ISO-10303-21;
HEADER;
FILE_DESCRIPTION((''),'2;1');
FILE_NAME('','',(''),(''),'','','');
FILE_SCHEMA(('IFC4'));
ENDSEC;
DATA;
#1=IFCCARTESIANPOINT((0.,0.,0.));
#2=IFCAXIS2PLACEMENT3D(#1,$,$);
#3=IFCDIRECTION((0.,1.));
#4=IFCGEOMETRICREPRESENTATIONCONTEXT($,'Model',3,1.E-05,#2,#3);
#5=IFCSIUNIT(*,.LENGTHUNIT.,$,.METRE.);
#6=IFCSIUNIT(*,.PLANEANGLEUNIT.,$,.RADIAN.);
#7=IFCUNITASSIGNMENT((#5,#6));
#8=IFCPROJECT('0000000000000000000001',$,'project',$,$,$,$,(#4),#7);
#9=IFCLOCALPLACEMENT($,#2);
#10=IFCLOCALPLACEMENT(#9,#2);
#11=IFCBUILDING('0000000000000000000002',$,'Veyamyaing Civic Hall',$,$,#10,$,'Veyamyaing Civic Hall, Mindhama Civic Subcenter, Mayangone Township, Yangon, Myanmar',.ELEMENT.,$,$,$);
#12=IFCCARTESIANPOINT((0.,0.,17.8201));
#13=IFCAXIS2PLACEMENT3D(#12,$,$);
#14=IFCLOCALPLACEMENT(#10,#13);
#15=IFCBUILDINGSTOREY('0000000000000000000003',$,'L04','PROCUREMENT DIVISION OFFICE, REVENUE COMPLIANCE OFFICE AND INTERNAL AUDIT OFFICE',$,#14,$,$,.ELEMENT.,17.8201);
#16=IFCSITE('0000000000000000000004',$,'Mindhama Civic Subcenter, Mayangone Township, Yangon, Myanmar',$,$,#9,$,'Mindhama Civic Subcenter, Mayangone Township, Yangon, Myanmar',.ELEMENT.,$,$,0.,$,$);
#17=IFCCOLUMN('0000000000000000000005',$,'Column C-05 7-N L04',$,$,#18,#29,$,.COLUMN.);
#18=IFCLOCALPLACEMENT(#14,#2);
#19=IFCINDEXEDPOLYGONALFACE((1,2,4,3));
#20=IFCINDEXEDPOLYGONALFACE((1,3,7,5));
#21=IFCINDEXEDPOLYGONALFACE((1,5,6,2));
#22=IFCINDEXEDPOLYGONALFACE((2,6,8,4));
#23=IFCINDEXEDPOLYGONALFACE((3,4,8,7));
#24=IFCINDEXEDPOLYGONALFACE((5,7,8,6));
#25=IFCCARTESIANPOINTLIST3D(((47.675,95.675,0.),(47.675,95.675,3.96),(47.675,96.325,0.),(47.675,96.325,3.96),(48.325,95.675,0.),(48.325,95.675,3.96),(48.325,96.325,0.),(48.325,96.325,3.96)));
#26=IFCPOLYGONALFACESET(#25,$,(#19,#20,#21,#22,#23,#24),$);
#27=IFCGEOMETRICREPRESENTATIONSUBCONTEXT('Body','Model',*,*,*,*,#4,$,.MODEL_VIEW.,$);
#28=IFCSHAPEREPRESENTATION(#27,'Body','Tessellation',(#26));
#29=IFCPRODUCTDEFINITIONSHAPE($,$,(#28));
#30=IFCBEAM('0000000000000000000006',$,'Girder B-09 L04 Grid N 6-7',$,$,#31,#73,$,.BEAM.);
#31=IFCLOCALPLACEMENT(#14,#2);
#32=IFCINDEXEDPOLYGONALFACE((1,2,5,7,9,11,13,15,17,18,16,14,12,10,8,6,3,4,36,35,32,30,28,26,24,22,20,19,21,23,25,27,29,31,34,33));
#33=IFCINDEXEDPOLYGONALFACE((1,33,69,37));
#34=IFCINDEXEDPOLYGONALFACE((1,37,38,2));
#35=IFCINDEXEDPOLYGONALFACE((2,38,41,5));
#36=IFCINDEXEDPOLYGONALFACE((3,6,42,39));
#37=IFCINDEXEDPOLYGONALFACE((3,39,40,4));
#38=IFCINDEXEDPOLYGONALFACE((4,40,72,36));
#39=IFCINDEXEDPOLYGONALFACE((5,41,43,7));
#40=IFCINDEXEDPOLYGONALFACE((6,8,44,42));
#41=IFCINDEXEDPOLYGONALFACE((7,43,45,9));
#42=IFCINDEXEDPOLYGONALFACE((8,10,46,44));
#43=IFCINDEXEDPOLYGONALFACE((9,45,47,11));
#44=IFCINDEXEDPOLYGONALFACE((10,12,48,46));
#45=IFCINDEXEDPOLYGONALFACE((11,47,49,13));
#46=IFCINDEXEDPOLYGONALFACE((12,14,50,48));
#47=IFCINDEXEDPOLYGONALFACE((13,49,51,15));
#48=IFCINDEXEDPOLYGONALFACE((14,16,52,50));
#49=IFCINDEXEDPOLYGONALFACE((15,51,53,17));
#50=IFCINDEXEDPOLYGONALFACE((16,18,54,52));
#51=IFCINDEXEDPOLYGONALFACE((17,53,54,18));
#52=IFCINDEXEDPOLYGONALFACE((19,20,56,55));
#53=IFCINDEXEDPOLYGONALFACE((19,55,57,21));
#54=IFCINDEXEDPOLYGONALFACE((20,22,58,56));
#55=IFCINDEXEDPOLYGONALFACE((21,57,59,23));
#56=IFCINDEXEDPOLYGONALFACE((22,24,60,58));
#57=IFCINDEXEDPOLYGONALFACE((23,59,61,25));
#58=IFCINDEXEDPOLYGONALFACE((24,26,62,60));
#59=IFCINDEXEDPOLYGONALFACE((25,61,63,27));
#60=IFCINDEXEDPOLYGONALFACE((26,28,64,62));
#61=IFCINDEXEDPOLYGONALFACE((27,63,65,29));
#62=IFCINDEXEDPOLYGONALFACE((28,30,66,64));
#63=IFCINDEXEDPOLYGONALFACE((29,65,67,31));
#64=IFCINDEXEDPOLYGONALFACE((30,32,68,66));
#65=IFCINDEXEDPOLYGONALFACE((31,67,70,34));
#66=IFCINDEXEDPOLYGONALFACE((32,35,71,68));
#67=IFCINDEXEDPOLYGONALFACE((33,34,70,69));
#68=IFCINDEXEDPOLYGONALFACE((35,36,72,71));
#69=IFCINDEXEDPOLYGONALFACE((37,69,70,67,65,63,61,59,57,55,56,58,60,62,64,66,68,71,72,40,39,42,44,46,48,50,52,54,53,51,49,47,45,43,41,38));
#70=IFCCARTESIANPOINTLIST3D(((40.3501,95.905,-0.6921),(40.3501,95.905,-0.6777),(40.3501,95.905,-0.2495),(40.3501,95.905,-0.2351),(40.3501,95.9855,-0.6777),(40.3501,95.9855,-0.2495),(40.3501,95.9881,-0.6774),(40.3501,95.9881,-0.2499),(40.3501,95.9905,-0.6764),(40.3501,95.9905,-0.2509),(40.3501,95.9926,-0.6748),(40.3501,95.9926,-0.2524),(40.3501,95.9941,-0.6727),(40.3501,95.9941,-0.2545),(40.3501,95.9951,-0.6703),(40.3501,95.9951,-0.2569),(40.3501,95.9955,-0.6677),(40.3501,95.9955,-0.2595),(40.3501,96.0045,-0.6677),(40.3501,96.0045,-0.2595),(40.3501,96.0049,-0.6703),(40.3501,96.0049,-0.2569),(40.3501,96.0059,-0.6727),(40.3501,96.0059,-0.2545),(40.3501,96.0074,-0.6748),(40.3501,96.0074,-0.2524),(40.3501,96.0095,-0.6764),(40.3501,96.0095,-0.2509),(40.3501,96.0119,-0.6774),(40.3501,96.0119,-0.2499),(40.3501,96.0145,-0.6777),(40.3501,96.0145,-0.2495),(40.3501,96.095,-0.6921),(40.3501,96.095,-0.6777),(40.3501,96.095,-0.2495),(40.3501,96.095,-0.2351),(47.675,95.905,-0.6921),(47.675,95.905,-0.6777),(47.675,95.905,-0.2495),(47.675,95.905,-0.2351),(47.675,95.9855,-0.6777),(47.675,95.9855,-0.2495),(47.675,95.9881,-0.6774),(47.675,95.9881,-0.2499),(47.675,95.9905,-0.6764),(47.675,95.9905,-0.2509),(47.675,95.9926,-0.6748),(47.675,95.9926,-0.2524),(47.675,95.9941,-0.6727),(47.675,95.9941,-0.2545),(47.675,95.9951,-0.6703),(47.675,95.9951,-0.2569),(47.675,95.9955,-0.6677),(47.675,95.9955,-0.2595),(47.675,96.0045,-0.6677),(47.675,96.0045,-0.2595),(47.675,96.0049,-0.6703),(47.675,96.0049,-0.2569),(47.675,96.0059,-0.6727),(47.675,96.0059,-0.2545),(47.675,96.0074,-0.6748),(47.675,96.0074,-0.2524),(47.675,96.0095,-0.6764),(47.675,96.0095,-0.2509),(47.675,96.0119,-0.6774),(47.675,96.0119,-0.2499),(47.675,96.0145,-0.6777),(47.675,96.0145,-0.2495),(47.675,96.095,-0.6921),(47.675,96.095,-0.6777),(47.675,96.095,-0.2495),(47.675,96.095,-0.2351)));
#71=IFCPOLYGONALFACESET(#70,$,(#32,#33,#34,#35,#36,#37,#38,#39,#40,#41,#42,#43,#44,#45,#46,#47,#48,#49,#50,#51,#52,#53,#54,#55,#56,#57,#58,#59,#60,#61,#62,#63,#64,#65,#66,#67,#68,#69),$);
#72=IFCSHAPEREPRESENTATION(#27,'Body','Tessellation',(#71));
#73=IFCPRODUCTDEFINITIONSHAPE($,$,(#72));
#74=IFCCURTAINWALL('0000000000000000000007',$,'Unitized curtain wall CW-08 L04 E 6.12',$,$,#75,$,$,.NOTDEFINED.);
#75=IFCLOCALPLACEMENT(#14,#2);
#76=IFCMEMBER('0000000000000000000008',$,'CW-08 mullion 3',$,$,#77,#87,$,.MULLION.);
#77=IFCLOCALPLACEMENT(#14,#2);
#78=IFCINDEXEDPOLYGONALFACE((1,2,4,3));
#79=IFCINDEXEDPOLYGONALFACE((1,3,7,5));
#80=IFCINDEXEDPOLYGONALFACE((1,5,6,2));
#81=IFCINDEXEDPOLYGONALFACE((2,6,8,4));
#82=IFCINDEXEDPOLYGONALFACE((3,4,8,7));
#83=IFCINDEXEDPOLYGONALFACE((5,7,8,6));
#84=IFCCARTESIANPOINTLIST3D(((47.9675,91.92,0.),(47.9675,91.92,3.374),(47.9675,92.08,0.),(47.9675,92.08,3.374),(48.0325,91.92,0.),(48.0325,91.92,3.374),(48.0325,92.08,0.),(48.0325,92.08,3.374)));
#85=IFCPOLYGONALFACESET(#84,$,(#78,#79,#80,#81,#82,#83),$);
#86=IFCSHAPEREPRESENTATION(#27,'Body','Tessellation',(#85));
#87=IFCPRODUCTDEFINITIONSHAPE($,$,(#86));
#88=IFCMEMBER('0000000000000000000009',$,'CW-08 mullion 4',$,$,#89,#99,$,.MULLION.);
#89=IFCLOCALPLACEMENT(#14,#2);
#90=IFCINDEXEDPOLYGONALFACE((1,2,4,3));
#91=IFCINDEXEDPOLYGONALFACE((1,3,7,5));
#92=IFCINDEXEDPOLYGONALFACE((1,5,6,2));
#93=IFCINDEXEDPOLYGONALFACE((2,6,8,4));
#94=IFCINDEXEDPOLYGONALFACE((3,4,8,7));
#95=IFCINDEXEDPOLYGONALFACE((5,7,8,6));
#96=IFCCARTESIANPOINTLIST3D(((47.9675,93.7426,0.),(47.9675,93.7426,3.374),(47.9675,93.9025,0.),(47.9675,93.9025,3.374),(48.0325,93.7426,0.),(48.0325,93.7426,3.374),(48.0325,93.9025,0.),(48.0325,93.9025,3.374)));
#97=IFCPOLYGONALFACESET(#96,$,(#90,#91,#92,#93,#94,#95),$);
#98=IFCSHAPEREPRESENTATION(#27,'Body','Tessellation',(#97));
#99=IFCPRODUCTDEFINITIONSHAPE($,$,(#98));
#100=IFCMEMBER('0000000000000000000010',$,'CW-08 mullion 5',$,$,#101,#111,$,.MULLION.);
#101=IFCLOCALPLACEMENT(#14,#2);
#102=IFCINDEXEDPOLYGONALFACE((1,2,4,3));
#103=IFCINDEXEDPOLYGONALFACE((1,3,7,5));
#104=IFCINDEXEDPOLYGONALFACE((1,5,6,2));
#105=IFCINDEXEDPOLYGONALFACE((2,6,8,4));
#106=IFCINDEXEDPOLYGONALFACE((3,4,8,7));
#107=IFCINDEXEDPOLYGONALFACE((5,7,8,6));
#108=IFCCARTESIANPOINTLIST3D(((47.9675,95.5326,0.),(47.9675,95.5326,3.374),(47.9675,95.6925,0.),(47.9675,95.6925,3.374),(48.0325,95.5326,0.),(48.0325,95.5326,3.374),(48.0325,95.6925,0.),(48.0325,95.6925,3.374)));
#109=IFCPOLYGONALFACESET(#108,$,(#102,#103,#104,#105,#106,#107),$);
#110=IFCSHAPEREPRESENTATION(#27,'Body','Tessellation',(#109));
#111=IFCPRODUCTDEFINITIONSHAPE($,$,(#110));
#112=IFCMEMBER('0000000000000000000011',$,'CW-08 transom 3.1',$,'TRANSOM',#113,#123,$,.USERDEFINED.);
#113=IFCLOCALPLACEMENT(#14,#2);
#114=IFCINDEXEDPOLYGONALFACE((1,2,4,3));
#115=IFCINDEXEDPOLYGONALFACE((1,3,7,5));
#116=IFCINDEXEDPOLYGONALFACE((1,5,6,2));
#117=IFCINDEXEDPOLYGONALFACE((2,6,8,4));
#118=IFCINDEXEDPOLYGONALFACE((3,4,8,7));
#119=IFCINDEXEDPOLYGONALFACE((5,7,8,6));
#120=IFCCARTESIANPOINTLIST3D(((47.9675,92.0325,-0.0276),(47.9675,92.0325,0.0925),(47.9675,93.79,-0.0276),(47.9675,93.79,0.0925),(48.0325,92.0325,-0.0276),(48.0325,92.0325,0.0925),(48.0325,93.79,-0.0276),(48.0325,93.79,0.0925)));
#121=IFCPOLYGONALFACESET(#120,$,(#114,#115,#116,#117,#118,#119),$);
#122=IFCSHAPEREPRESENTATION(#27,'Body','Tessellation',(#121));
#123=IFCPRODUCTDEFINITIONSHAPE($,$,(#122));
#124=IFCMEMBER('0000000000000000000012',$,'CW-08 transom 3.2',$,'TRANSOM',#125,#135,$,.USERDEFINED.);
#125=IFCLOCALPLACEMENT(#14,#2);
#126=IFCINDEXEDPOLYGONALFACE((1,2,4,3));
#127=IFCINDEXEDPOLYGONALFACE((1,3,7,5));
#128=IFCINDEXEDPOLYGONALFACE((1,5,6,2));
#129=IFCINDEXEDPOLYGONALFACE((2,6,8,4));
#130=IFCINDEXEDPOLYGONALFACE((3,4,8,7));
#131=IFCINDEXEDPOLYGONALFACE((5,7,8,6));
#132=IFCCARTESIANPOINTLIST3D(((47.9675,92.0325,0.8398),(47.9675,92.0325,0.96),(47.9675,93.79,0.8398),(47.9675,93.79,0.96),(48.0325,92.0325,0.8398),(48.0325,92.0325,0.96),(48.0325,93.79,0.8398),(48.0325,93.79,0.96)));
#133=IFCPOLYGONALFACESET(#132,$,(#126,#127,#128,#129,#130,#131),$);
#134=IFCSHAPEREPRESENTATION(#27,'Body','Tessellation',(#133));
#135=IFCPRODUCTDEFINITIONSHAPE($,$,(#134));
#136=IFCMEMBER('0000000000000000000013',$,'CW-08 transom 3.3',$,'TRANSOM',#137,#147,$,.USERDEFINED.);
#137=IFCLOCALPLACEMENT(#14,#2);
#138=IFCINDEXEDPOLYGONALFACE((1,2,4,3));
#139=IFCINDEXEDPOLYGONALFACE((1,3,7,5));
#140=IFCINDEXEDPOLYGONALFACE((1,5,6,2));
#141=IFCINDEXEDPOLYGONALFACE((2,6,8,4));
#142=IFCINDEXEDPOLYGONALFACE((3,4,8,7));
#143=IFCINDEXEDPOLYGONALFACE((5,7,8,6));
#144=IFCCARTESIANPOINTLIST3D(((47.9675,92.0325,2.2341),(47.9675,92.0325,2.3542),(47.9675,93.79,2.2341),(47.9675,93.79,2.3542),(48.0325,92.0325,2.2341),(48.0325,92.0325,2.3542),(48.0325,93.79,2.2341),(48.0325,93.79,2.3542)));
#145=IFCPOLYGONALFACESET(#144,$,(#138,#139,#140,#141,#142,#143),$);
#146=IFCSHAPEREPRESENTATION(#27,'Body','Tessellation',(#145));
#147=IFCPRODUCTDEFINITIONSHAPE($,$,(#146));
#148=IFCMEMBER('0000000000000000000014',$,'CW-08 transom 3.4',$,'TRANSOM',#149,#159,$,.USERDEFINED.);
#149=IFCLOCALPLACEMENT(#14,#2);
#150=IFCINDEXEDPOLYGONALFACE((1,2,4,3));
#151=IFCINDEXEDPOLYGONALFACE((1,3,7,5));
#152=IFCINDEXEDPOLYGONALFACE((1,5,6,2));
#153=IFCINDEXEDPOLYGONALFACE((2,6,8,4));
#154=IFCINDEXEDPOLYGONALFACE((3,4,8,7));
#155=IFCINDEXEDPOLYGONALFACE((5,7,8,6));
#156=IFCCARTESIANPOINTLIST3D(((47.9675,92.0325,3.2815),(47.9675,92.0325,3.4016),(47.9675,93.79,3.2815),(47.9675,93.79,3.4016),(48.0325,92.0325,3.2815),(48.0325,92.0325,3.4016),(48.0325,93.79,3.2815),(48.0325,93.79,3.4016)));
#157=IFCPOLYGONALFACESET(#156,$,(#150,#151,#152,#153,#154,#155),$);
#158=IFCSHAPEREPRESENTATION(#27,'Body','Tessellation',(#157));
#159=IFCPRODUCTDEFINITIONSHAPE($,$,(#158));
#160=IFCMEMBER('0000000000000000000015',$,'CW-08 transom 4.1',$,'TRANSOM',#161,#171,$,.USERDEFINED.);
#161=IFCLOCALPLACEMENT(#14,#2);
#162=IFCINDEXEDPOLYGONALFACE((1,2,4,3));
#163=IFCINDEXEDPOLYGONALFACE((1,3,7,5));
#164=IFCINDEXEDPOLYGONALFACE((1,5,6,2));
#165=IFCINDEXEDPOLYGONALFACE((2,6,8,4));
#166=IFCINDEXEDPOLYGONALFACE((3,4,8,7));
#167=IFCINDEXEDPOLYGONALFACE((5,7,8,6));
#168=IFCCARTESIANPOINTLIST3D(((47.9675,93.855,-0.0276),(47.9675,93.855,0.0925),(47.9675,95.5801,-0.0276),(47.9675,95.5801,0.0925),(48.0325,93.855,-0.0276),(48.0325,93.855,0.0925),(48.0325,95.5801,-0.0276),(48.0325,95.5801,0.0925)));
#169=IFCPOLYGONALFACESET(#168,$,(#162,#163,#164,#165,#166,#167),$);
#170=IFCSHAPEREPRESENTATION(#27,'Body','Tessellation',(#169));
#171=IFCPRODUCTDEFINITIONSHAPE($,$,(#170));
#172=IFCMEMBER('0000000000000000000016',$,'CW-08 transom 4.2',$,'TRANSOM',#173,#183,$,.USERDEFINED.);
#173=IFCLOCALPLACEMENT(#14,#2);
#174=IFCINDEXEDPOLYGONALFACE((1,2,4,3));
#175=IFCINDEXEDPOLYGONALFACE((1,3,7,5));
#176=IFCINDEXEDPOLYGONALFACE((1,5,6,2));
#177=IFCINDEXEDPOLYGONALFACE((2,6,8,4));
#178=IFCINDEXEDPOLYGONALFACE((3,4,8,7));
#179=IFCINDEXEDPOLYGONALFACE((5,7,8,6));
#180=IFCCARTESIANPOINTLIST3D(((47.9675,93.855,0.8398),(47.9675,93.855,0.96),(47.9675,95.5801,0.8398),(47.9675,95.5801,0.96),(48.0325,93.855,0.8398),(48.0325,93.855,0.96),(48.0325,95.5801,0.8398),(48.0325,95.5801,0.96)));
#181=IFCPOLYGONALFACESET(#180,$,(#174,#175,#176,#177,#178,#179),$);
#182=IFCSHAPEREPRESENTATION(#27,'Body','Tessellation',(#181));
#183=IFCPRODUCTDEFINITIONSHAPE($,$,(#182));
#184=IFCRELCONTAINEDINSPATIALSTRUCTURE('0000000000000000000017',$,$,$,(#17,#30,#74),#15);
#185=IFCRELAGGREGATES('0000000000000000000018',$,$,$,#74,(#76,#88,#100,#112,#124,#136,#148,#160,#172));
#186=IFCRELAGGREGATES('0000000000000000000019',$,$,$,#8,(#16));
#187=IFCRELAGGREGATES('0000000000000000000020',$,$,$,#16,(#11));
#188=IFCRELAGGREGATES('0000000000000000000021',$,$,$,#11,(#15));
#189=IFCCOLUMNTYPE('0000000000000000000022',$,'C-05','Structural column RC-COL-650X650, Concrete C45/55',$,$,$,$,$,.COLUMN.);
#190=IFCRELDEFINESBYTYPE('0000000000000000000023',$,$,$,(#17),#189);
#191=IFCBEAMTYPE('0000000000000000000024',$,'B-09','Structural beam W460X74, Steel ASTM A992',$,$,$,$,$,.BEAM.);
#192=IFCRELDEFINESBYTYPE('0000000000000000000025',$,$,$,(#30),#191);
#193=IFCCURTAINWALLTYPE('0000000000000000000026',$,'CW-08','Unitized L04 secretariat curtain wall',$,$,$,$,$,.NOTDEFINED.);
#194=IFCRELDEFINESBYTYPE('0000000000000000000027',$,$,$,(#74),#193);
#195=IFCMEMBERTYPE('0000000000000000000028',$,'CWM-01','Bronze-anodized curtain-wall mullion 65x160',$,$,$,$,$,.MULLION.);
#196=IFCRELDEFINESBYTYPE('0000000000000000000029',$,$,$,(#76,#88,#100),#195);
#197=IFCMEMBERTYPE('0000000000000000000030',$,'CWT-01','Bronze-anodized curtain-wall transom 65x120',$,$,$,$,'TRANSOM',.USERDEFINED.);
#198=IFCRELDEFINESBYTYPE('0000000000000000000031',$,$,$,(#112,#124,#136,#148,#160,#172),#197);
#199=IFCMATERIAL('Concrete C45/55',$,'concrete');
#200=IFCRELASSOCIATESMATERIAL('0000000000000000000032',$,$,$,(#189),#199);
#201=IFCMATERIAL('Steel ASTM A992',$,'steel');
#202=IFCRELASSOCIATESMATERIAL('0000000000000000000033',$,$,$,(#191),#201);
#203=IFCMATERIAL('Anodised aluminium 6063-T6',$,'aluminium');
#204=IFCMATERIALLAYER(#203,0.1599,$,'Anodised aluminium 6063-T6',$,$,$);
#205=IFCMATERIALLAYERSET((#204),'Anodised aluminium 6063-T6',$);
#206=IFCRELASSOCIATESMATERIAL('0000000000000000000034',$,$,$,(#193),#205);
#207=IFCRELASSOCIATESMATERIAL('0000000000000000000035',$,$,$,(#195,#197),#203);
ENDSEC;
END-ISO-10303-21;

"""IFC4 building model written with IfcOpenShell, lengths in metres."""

from ifc_helpers import new_model, si_unit, direction, frame, origin, origin_2d, place, context, subcontext, project, spatial, rectangle, i_section, extrude, material, layer, layer_set, material_profile, profile_set, type_object, element, aggregate, save


model = new_model("IFC4")

# Units and contexts
model_context = context("Model", 3, precision=1e-05, world=origin(), true_north=direction((0.0, 1.0)))
body_context = subcontext(model_context, "Body", "Model", "MODEL_VIEW")
ifc_project = project(units=[si_unit("LENGTHUNIT", "METRE"), si_unit("PLANEANGLEUNIT", "RADIAN")], contexts=[model_context])

# Site, building, storey
site_placement = place(None, origin())
site = spatial("IfcSite", under=ifc_project, at=site_placement, Name="Mindhama Civic Subcenter, Mayangone Township, Yangon, Myanmar", LongName="Mindhama Civic Subcenter, Mayangone Township, Yangon, Myanmar", CompositionType="ELEMENT", RefElevation=0.0)
building_placement = place(site_placement, origin())
building = spatial("IfcBuilding", under=site, at=building_placement, Name="Veyamyaing Civic Hall", LongName="Veyamyaing Civic Hall, Mindhama Civic Subcenter, Mayangone Township, Yangon, Myanmar", CompositionType="ELEMENT")
storey_placement = place(building_placement, frame((0.0, 0.0, 17.8201)))
storey = spatial("IfcBuildingStorey", under=building, at=storey_placement, Name="L04", Description="PROCUREMENT DIVISION OFFICE, REVENUE COMPLIANCE OFFICE AND INTERNAL AUDIT OFFICE", CompositionType="ELEMENT", Elevation=17.8201)

# Column
ifc_material_1 = material(Name="Concrete C45/55", Category="concrete")
ifc_material_profile_1 = material_profile(ifc_material_1, rectangle(XDim=0.6499, YDim=0.6499, at=origin_2d()), Name="RC-COL-650X650")
ifc_profile_set_1 = profile_set([ifc_material_profile_1], Name="Concrete C45/55")
column_type = type_object("IfcColumnType", Name="C-05", Description="Structural column RC-COL-650X650, Concrete C45/55", PredefinedType="COLUMN", material=ifc_profile_set_1)
column_placement = place(storey_placement, frame((48.0, 96.0, 0.0), z_axis=(0.0, 0.0, 1.0), x_axis=(1.0, 0.0, 0.0)))
element("IfcColumn", 1, at=column_placement, inside=storey, type_object=column_type, Name="Column C-05 7-N L04", PredefinedType="COLUMN", context=body_context, shape_type="SweptSolid", body=[
    extrude(rectangle(XDim=0.6499, YDim=0.6499, at=origin_2d()), origin(), (0.0, 0.0, 1.0), 3.96),
])

# Beam
ifc_material_2 = material(Name="Steel ASTM A992", Category="steel")
ifc_material_profile_2 = material_profile(ifc_material_2, i_section(OverallWidth=0.1899, OverallDepth=0.457, WebThickness=0.009, FlangeThickness=0.0144, FilletRadius=0.01, at=origin_2d()), Name="W460X74")
ifc_profile_set_2 = profile_set([ifc_material_profile_2], Name="Steel ASTM A992")
beam_type = type_object("IfcBeamType", Name="B-09", Description="Structural beam W460X74, Steel ASTM A992", PredefinedType="BEAM", material=ifc_profile_set_2)
beam_placement = place(storey_placement, frame((40.3501, 96.0, -0.4636), z_axis=(1.0, 0.0, 0.0), x_axis=(0.0, 1.0, 0.0)))
element("IfcBeam", 2, at=beam_placement, inside=storey, type_object=beam_type, Name="Girder B-09 L04 Grid N 6-7", PredefinedType="BEAM", context=body_context, shape_type="SweptSolid", body=[
    extrude(i_section(OverallWidth=0.1899, OverallDepth=0.457, WebThickness=0.009, FlangeThickness=0.0144, FilletRadius=0.01, at=origin_2d()), origin(), (0.0, 0.0, 1.0), 7.325),
])

# Curtain wall, members
ifc_material_3 = material(Name="Anodised aluminium 6063-T6", Category="aluminium")
ifc_layer_1 = layer(ifc_material_3, 0.1599, Name="Anodised aluminium 6063-T6")
ifc_layer_set_1 = layer_set([ifc_layer_1], Name="Anodised aluminium 6063-T6")
curtain_wall_type = type_object("IfcCurtainWallType", Name="CW-08", Description="Unitized L04 secretariat curtain wall", PredefinedType="NOTDEFINED", material=ifc_layer_set_1)
curtain_wall_placement = place(storey_placement, origin())
curtain_wall = element("IfcCurtainWall", 3, at=curtain_wall_placement, inside=storey, type_object=curtain_wall_type, Name="Unitized curtain wall CW-08 L04 E 6.12", PredefinedType="NOTDEFINED")
ifc_material_profile_3 = material_profile(ifc_material_3, rectangle(XDim=0.0649, YDim=0.1599, at=origin_2d()), Name="ALU-MUL-65X160")
ifc_profile_set_3 = profile_set([ifc_material_profile_3], Name="Anodised aluminium 6063-T6")
member_type_1 = type_object("IfcMemberType", Name="CWM-01", Description="Bronze-anodized curtain-wall mullion 65x160", PredefinedType="MULLION", material=ifc_profile_set_3)
member_1_placement = place(storey_placement, frame((48.0, 92.0, 0.0), z_axis=(0.0, 0.0, 1.0), x_axis=(-1.0, 0.0, 0.0)))
member_1 = element("IfcMember", 4, at=member_1_placement, type_object=member_type_1, Name="CW-08 mullion 3", PredefinedType="MULLION", context=body_context, shape_type="SweptSolid", body=[
    extrude(rectangle(XDim=0.0649, YDim=0.1599, at=origin_2d()), origin(), (0.0, 0.0, 1.0), 3.374),
])
member_2_placement = place(storey_placement, frame((48.0, 93.8225, 0.0), z_axis=(0.0, 0.0, 1.0), x_axis=(-1.0, 0.0, 0.0)))
member_2 = element("IfcMember", 5, at=member_2_placement, type_object=member_type_1, Name="CW-08 mullion 4", PredefinedType="MULLION", context=body_context, shape_type="SweptSolid", body=[
    extrude(rectangle(XDim=0.0649, YDim=0.1599, at=origin_2d()), origin(), (0.0, 0.0, 1.0), 3.374),
])
member_3_placement = place(storey_placement, frame((48.0, 95.6125, 0.0), z_axis=(0.0, 0.0, 1.0), x_axis=(-1.0, 0.0, 0.0)))
member_3 = element("IfcMember", 6, at=member_3_placement, type_object=member_type_1, Name="CW-08 mullion 5", PredefinedType="MULLION", context=body_context, shape_type="SweptSolid", body=[
    extrude(rectangle(XDim=0.0649, YDim=0.1599, at=origin_2d()), origin(), (0.0, 0.0, 1.0), 3.374),
])
ifc_material_profile_4 = material_profile(ifc_material_3, rectangle(XDim=0.0649, YDim=0.1201, at=origin_2d()), Name="ALU-TRN-65X120")
ifc_profile_set_4 = profile_set([ifc_material_profile_4], Name="Anodised aluminium 6063-T6")
member_type_2 = type_object("IfcMemberType", Name="CWT-01", Description="Bronze-anodized curtain-wall transom 65x120", ElementType="TRANSOM", PredefinedType="USERDEFINED", material=ifc_profile_set_4)
member_4_placement = place(storey_placement, frame((48.0, 92.0325, 0.0325), z_axis=(0.0, 1.0, 0.0), x_axis=(-1.0, 0.0, 0.0)))
member_4 = element("IfcMember", 7, at=member_4_placement, type_object=member_type_2, Name="CW-08 transom 3.1", ObjectType="TRANSOM", PredefinedType="USERDEFINED", context=body_context, shape_type="SweptSolid", body=[
    extrude(rectangle(XDim=0.0649, YDim=0.1201, at=origin_2d()), origin(), (0.0, 0.0, 1.0), 1.7576),
])
member_5_placement = place(storey_placement, frame((48.0, 92.0325, 0.8999), z_axis=(0.0, 1.0, 0.0), x_axis=(-1.0, 0.0, 0.0)))
member_5 = element("IfcMember", 8, at=member_5_placement, type_object=member_type_2, Name="CW-08 transom 3.2", ObjectType="TRANSOM", PredefinedType="USERDEFINED", context=body_context, shape_type="SweptSolid", body=[
    extrude(rectangle(XDim=0.0649, YDim=0.1201, at=origin_2d()), origin(), (0.0, 0.0, 1.0), 1.7576),
])
member_6_placement = place(storey_placement, frame((48.0, 92.0325, 2.2942), z_axis=(0.0, 1.0, 0.0), x_axis=(-1.0, 0.0, 0.0)))
member_6 = element("IfcMember", 9, at=member_6_placement, type_object=member_type_2, Name="CW-08 transom 3.3", ObjectType="TRANSOM", PredefinedType="USERDEFINED", context=body_context, shape_type="SweptSolid", body=[
    extrude(rectangle(XDim=0.0649, YDim=0.1201, at=origin_2d()), origin(), (0.0, 0.0, 1.0), 1.7576),
])
member_7_placement = place(storey_placement, frame((48.0, 92.0325, 3.3416), z_axis=(0.0, 1.0, 0.0), x_axis=(-1.0, 0.0, 0.0)))
member_7 = element("IfcMember", 10, at=member_7_placement, type_object=member_type_2, Name="CW-08 transom 3.4", ObjectType="TRANSOM", PredefinedType="USERDEFINED", context=body_context, shape_type="SweptSolid", body=[
    extrude(rectangle(XDim=0.0649, YDim=0.1201, at=origin_2d()), origin(), (0.0, 0.0, 1.0), 1.7576),
])
member_8_placement = place(storey_placement, frame((48.0, 93.855, 0.0325), z_axis=(0.0, 1.0, 0.0), x_axis=(-1.0, 0.0, 0.0)))
member_8 = element("IfcMember", 11, at=member_8_placement, type_object=member_type_2, Name="CW-08 transom 4.1", ObjectType="TRANSOM", PredefinedType="USERDEFINED", context=body_context, shape_type="SweptSolid", body=[
    extrude(rectangle(XDim=0.0649, YDim=0.1201, at=origin_2d()), origin(), (0.0, 0.0, 1.0), 1.7251),
])
member_9_placement = place(storey_placement, frame((48.0, 93.855, 0.8999), z_axis=(0.0, 1.0, 0.0), x_axis=(-1.0, 0.0, 0.0)))
member_9 = element("IfcMember", 12, at=member_9_placement, type_object=member_type_2, Name="CW-08 transom 4.2", ObjectType="TRANSOM", PredefinedType="USERDEFINED", context=body_context, shape_type="SweptSolid", body=[
    extrude(rectangle(XDim=0.0649, YDim=0.1201, at=origin_2d()), origin(), (0.0, 0.0, 1.0), 1.7251),
])
aggregate(curtain_wall, [member_1, member_2, member_3, member_4, member_5, member_6, member_7, member_8, member_9])

save(model, "model.ifc")
